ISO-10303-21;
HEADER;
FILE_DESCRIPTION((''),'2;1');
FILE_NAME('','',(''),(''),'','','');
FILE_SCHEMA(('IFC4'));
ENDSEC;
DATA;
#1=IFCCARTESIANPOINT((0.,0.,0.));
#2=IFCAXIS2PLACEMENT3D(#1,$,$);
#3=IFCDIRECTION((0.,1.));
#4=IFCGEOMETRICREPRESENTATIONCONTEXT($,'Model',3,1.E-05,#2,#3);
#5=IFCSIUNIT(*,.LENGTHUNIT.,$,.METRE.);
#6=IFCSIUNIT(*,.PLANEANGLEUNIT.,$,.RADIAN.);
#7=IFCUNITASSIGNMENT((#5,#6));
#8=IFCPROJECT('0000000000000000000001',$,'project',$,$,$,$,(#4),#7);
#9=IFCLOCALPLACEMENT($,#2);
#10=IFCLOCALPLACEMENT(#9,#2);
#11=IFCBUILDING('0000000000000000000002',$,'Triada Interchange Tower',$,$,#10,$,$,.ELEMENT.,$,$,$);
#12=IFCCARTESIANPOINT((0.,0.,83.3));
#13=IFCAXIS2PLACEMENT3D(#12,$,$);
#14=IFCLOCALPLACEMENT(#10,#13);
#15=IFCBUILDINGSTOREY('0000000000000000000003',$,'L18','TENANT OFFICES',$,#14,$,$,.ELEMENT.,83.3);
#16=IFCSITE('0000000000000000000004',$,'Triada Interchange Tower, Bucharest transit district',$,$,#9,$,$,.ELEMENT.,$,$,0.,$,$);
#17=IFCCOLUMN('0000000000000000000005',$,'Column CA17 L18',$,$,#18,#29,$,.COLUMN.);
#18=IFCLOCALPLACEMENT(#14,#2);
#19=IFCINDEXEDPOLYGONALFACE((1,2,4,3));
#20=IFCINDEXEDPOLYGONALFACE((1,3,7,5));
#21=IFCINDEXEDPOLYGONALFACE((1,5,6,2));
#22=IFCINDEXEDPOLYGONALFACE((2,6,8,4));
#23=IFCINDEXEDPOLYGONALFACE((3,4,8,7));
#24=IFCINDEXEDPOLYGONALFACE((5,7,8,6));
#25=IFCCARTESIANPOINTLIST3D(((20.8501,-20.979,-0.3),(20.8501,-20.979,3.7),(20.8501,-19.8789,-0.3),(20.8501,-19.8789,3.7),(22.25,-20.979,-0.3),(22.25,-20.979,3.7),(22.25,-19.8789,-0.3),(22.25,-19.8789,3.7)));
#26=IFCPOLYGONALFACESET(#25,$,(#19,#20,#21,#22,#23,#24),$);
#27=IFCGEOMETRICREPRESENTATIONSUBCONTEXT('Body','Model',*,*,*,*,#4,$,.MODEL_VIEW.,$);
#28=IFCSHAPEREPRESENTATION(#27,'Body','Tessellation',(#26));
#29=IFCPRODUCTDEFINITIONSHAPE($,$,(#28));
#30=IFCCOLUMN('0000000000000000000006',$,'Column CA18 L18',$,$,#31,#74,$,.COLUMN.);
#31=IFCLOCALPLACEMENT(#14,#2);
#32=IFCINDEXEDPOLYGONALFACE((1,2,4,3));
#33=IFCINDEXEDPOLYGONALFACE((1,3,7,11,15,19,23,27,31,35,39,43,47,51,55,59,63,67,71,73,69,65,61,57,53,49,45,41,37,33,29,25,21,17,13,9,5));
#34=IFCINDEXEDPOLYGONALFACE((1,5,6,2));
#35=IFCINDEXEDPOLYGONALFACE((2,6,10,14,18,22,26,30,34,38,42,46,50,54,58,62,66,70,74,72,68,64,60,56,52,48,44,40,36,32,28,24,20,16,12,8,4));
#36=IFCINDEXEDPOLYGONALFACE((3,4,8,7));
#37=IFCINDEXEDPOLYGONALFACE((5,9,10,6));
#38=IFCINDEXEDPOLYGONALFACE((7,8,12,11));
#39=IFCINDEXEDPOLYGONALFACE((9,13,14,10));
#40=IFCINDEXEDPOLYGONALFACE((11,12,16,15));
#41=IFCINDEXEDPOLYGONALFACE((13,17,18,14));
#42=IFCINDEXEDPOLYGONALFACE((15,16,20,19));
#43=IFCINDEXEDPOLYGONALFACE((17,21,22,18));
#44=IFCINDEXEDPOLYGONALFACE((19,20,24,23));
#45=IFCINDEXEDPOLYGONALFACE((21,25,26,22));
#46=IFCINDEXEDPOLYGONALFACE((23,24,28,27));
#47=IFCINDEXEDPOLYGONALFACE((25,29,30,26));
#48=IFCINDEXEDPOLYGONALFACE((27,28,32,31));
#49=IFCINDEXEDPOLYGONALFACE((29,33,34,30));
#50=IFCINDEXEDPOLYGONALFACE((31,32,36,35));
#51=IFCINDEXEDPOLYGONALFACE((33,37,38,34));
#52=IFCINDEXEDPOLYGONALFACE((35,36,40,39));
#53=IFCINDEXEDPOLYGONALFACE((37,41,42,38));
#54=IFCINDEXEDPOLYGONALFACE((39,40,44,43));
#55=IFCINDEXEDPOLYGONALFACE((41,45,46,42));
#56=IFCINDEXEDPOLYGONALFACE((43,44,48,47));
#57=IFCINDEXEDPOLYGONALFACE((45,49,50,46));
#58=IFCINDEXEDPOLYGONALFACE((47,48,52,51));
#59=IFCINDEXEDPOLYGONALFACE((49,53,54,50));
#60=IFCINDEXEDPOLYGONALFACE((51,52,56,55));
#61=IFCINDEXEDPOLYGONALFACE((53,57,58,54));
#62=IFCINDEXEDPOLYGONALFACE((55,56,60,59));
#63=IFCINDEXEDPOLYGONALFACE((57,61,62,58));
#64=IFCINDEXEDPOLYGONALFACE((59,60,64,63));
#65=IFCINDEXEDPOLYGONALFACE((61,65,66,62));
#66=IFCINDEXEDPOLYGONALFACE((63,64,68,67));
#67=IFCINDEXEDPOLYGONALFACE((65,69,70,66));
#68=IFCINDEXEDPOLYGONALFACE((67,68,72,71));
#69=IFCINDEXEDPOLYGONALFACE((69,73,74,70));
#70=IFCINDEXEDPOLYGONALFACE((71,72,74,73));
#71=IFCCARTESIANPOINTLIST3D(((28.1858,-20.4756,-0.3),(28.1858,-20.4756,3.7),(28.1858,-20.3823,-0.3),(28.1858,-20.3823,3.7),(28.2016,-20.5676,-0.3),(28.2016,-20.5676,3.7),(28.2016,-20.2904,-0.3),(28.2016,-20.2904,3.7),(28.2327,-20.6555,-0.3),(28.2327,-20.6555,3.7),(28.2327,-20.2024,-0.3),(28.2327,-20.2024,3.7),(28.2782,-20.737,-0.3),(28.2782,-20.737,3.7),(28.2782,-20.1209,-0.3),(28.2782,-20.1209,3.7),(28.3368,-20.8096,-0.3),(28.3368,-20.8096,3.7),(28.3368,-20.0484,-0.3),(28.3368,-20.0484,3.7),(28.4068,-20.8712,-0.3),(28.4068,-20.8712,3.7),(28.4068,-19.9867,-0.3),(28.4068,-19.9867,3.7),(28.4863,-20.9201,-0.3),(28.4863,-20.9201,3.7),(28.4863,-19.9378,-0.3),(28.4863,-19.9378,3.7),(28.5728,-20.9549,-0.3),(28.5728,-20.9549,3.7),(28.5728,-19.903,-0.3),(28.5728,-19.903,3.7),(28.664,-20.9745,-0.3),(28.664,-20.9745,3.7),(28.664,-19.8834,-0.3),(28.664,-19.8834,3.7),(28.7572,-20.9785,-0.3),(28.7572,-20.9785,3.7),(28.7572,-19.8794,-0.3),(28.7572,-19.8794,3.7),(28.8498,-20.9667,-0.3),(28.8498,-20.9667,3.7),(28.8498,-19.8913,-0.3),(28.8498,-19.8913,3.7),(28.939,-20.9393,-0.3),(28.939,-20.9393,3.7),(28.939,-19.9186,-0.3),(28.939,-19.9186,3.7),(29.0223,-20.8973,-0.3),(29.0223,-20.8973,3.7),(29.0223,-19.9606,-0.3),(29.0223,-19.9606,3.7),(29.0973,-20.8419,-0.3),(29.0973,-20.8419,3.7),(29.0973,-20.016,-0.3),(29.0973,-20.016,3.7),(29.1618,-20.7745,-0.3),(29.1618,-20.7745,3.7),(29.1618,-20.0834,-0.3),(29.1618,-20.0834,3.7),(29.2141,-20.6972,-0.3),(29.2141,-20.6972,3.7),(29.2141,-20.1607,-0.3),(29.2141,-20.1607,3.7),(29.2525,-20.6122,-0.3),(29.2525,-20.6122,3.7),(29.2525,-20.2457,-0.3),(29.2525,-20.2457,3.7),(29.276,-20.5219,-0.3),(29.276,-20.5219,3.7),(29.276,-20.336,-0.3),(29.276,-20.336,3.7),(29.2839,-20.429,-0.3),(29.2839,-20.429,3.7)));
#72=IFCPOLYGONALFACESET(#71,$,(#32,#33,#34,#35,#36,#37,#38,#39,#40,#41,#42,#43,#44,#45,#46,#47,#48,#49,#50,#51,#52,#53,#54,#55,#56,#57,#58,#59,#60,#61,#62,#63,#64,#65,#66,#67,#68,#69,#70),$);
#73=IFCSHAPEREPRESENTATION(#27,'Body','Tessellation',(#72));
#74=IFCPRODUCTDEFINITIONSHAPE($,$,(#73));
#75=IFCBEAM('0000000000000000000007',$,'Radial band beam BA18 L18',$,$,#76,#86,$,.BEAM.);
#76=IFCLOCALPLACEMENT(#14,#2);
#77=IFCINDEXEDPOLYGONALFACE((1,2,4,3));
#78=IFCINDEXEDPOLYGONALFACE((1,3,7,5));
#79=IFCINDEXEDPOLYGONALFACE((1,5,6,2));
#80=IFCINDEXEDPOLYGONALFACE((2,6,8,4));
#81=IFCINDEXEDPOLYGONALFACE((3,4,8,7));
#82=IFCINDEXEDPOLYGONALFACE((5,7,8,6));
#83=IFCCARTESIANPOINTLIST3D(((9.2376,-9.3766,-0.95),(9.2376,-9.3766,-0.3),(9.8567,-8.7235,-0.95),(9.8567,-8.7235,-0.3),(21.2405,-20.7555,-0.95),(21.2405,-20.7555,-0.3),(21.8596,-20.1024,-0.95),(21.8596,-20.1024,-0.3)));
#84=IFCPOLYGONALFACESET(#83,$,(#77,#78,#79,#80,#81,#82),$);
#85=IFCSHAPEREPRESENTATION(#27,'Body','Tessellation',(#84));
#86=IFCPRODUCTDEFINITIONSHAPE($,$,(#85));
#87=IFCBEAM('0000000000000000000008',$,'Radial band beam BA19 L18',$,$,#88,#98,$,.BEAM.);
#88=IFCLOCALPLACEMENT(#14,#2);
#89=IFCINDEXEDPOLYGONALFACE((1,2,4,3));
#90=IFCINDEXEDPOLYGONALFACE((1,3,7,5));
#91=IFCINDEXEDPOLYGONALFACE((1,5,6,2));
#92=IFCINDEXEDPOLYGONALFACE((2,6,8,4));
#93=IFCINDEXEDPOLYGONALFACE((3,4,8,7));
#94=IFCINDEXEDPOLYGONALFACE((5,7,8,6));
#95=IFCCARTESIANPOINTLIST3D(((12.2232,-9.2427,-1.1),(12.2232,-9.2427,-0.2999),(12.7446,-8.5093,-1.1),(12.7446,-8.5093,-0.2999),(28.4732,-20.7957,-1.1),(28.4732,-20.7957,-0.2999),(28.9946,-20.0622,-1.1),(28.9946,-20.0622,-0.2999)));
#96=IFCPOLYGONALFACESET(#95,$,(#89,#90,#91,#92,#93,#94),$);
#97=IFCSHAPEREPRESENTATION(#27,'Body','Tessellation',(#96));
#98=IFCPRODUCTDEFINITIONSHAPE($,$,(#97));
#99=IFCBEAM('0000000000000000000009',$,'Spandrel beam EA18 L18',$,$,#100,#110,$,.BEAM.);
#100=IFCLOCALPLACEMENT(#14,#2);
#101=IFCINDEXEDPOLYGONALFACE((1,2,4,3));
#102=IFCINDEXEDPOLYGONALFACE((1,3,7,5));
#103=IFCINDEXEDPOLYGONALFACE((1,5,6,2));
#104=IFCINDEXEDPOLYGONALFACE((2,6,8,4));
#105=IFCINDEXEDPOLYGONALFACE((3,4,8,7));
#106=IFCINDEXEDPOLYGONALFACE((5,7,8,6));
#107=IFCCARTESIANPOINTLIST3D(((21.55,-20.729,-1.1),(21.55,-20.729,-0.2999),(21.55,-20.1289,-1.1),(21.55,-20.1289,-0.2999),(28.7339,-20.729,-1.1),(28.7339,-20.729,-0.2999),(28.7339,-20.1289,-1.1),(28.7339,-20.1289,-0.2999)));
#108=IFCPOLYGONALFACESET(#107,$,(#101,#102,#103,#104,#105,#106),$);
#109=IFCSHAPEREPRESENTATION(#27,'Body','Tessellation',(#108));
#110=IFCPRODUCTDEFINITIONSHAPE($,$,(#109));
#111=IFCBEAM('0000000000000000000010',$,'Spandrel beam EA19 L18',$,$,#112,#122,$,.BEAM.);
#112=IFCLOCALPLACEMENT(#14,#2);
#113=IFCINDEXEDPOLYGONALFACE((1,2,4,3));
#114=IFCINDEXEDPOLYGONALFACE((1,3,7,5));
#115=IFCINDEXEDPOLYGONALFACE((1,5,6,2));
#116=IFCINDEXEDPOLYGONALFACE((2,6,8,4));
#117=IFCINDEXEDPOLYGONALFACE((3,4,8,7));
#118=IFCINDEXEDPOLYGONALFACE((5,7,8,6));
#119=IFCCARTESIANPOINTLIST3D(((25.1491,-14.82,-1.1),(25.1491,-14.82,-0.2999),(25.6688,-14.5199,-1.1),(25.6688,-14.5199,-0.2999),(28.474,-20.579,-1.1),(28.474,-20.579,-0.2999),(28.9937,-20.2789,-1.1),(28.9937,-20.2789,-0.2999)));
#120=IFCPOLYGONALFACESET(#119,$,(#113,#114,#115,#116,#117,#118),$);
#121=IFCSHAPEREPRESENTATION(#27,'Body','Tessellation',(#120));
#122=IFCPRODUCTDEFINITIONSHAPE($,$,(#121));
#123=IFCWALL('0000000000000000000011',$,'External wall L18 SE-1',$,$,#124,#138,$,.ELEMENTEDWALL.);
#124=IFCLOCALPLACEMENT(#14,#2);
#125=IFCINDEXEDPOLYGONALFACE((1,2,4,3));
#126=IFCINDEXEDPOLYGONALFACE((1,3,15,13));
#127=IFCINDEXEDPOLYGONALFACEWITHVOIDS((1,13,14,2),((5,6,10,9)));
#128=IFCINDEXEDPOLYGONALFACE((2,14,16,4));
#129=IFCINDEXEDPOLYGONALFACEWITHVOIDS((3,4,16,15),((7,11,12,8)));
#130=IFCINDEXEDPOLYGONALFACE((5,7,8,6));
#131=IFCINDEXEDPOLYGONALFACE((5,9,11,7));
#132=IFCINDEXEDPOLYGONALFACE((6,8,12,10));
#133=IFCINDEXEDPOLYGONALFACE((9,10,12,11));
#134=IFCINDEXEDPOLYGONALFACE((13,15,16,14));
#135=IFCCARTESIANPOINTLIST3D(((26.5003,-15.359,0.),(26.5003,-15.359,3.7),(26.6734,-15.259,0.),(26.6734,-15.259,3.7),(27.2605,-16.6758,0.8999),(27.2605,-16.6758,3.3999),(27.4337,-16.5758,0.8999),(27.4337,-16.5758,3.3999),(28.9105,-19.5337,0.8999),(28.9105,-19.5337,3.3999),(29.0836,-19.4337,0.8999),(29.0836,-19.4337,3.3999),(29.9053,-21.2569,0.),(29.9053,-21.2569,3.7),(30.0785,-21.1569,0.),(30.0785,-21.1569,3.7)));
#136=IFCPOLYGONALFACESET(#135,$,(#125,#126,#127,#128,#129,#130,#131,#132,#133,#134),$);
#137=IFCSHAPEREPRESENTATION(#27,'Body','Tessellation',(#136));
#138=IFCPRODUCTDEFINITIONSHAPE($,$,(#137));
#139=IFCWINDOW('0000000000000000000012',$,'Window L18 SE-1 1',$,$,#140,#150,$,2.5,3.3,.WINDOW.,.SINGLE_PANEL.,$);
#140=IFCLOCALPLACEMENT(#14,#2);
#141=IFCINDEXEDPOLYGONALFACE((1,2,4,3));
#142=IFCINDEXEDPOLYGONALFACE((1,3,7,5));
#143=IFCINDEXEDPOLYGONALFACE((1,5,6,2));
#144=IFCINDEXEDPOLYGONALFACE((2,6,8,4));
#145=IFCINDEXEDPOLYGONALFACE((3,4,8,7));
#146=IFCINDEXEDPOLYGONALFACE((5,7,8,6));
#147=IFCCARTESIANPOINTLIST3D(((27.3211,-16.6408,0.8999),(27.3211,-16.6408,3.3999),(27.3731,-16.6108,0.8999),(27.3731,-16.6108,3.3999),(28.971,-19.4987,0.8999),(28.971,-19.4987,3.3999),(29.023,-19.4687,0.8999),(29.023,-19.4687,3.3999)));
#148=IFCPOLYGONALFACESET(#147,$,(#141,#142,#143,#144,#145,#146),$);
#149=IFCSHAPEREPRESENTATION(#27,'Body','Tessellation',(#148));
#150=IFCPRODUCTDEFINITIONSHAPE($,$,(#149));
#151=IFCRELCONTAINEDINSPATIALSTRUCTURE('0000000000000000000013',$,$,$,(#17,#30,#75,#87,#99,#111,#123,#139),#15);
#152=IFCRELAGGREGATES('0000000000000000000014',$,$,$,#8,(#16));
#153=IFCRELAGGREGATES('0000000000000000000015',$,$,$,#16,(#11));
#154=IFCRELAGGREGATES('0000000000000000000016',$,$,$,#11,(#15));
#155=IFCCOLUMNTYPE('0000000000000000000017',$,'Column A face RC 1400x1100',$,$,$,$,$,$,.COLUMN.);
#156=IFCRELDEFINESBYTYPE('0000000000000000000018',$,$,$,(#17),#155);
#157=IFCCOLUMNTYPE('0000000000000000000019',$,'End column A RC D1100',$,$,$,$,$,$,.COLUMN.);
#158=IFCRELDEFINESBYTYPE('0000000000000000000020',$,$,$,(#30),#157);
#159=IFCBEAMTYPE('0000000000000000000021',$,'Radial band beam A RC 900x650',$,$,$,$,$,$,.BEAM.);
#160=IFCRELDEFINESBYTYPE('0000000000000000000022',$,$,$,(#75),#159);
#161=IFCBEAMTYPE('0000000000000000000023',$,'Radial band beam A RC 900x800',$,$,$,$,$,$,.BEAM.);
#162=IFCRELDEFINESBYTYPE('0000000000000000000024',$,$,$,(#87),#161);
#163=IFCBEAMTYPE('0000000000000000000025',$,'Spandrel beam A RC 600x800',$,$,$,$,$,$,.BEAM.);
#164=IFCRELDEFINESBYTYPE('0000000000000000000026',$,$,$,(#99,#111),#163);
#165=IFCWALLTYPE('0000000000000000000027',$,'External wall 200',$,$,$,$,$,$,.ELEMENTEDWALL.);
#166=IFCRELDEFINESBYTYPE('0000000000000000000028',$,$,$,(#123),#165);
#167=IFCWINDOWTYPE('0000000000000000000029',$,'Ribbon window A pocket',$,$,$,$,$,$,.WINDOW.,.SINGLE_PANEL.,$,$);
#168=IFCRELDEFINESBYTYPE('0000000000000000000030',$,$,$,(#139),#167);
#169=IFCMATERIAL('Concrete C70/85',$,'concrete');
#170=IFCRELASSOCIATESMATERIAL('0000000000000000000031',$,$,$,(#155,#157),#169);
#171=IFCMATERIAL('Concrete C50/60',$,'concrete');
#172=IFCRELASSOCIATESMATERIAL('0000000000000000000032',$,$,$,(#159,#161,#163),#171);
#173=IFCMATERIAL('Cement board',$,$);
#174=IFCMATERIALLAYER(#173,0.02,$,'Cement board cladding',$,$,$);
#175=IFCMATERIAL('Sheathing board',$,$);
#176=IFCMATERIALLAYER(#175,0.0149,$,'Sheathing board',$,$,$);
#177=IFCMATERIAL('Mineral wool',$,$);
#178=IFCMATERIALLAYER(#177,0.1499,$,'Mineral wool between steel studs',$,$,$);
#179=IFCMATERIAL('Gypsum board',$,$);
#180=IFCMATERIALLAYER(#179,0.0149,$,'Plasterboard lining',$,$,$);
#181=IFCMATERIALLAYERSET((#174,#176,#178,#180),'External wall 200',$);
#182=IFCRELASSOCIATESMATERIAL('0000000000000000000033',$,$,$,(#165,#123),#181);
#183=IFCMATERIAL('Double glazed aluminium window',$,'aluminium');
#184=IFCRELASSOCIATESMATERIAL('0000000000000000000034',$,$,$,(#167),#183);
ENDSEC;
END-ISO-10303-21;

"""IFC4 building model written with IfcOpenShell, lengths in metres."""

from ifc_helpers import new_model, si_unit, direction, frame, frame_2d, origin, origin_2d, place, context, subcontext, project, spatial, rectangle, circle, extrude, material, layer, layer_set, layer_usage, material_profile, profile_set, type_object, element, fill, save


model = new_model("IFC4")

# Units and contexts
model_context = context("Model", 3, precision=1e-05, world=origin(), true_north=direction((0.0, 1.0)))
body_context = subcontext(model_context, "Body", "Model", "MODEL_VIEW")
ifc_project = project(units=[si_unit("LENGTHUNIT", "METRE"), si_unit("PLANEANGLEUNIT", "RADIAN")], contexts=[model_context])

# Site, building, storey
site_placement = place(None, origin())
site = spatial("IfcSite", under=ifc_project, at=site_placement, Name="Triada Interchange Tower, Bucharest transit district", CompositionType="ELEMENT", RefElevation=0.0)
building_placement = place(site_placement, origin())
building = spatial("IfcBuilding", under=site, at=building_placement, Name="Triada Interchange Tower", CompositionType="ELEMENT")
storey_placement = place(building_placement, frame((0.0, 0.0, 83.3)))
storey = spatial("IfcBuildingStorey", under=building, at=storey_placement, Name="L18", Description="TENANT OFFICES", CompositionType="ELEMENT", Elevation=83.3)

# Columns
ifc_material_1 = material(Name="Concrete C70/85", Category="concrete")
ifc_material_profile_1 = material_profile(ifc_material_1, rectangle(XDim=1.3999, YDim=1.1001, at=origin_2d()), Name="RC 1400x1100")
ifc_profile_set_1 = profile_set([ifc_material_profile_1], Name="Concrete C70/85")
column_type_1 = type_object("IfcColumnType", Name="Column A face RC 1400x1100", PredefinedType="COLUMN", material=ifc_profile_set_1)
column_1_placement = place(storey_placement, frame((21.55, -20.429, -0.3), z_axis=(0.0, 0.0, 1.0), x_axis=(1.0, 0.0, 0.0)))
element("IfcColumn", 1, at=column_1_placement, inside=storey, type_object=column_type_1, Name="Column CA17 L18", PredefinedType="COLUMN", context=body_context, shape_type="SweptSolid", body=[
    extrude(rectangle(XDim=1.3999, YDim=1.1001, at=origin_2d()), origin(), (0.0, 0.0, 1.0), 4.0),
])
ifc_material_profile_2 = material_profile(ifc_material_1, circle(Radius=0.55, at=origin_2d()), Name="RC D1100")
ifc_profile_set_2 = profile_set([ifc_material_profile_2], Name="Concrete C70/85")
column_type_2 = type_object("IfcColumnType", Name="End column A RC D1100", PredefinedType="COLUMN", material=ifc_profile_set_2)
column_2_placement = place(storey_placement, frame((28.7339, -20.429, -0.3), z_axis=(0.0, 0.0, 1.0), x_axis=(1.0, 0.0, 0.0)))
element("IfcColumn", 2, at=column_2_placement, inside=storey, type_object=column_type_2, Name="Column CA18 L18", PredefinedType="COLUMN", context=body_context, shape_type="SweptSolid", body=[
    extrude(circle(Radius=0.55, at=origin_2d()), origin(), (0.0, 0.0, 1.0), 4.0),
])

# Beams
ifc_material_2 = material(Name="Concrete C50/60", Category="concrete")
ifc_material_profile_3 = material_profile(ifc_material_2, rectangle(XDim=0.8999, YDim=0.6499, at=origin_2d()), Name="RC 900x650")
ifc_profile_set_3 = profile_set([ifc_material_profile_3], Name="Concrete C50/60")
beam_type_1 = type_object("IfcBeamType", Name="Radial band beam A RC 900x650", PredefinedType="BEAM", material=ifc_profile_set_3)
beam_1_placement = place(storey_placement, frame((21.55, -20.429, -0.625), z_axis=(-0.72572, 0.68799, 0.0), x_axis=(-0.68799, -0.72572, 0.0)))
element("IfcBeam", 3, at=beam_1_placement, inside=storey, type_object=beam_type_1, Name="Radial band beam BA18 L18", PredefinedType="BEAM", context=body_context, shape_type="SweptSolid", body=[
    extrude(rectangle(XDim=0.8999, YDim=0.6499, at=origin_2d()), origin(), (0.0, 0.0, 1.0), 16.5393),
])
ifc_material_profile_4 = material_profile(ifc_material_2, rectangle(XDim=0.8999, YDim=0.8, at=origin_2d()), Name="RC 900x800")
ifc_profile_set_4 = profile_set([ifc_material_profile_4], Name="Concrete C50/60")
beam_type_2 = type_object("IfcBeamType", Name="Radial band beam A RC 900x800", PredefinedType="BEAM", material=ifc_profile_set_4)
beam_2_placement = place(storey_placement, frame((28.7339, -20.429, -0.7), z_axis=(-0.815016, 0.579438, 0.0), x_axis=(-0.579438, -0.815016, 0.0)))
element("IfcBeam", 4, at=beam_2_placement, inside=storey, type_object=beam_type_2, Name="Radial band beam BA19 L18", PredefinedType="BEAM", context=body_context, shape_type="SweptSolid", body=[
    extrude(rectangle(XDim=0.8999, YDim=0.8, at=origin_2d()), origin(), (0.0, 0.0, 1.0), 19.9382),
])
ifc_material_profile_5 = material_profile(ifc_material_2, rectangle(XDim=0.6001, YDim=0.8, at=origin_2d()), Name="RC 600x800")
ifc_profile_set_5 = profile_set([ifc_material_profile_5], Name="Concrete C50/60")
beam_type_3 = type_object("IfcBeamType", Name="Spandrel beam A RC 600x800", PredefinedType="BEAM", material=ifc_profile_set_5)
beam_3_placement = place(storey_placement, frame((21.55, -20.429, -0.7), z_axis=(1.0, 0.0, 0.0), x_axis=(0.0, 1.0, 0.0)))
element("IfcBeam", 5, at=beam_3_placement, inside=storey, type_object=beam_type_3, Name="Spandrel beam EA18 L18", PredefinedType="BEAM", context=body_context, shape_type="SweptSolid", body=[
    extrude(rectangle(XDim=0.6001, YDim=0.8, at=origin_2d()), origin(), (0.0, 0.0, 1.0), 7.1838),
])
beam_4_placement = place(storey_placement, frame((28.7339, -20.429, -0.7), z_axis=(-0.499997, 0.866027, 0.0), x_axis=(-0.866027, -0.499997, 0.0)))
element("IfcBeam", 6, at=beam_4_placement, inside=storey, type_object=beam_type_3, Name="Spandrel beam EA19 L18", PredefinedType="BEAM", context=body_context, shape_type="SweptSolid", body=[
    extrude(rectangle(XDim=0.6001, YDim=0.8, at=origin_2d()), origin(), (0.0, 0.0, 1.0), 6.6499),
])

# Wall, opening, window
ifc_material_3 = material(Name="Cement board")
ifc_layer_1 = layer(ifc_material_3, 0.02, Name="Cement board cladding")
ifc_material_4 = material(Name="Sheathing board")
ifc_layer_2 = layer(ifc_material_4, 0.0149, Name="Sheathing board")
ifc_material_5 = material(Name="Mineral wool")
ifc_layer_3 = layer(ifc_material_5, 0.1499, Name="Mineral wool between steel studs")
ifc_material_6 = material(Name="Gypsum board")
ifc_layer_4 = layer(ifc_material_6, 0.0149, Name="Plasterboard lining")
ifc_layer_set_1 = layer_set([ifc_layer_1, ifc_layer_2, ifc_layer_3, ifc_layer_4], Name="External wall 200")
ifc_layer_usage = layer_usage(ifc_layer_set_1, "AXIS2", "POSITIVE", -0.1001)
wall_type = type_object("IfcWallType", Name="External wall 200", PredefinedType="ELEMENTEDWALL", material=ifc_layer_set_1)
wall_1_placement = place(storey_placement, frame((29.9919, -21.207, 0.0), z_axis=(0.0, 0.0, 1.0), x_axis=(-0.499983, 0.866035, 0.0)))
wall_1 = element("IfcWall", 7, at=wall_1_placement, inside=storey, type_object=wall_type, material=ifc_layer_usage, Name="External wall L18 SE-1", PredefinedType="ELEMENTEDWALL", context=body_context, shape_type="SweptSolid", body=[
    extrude(rectangle(XDim=6.8103, YDim=0.2, at=frame_2d((3.4053, 0.0))), origin(), (0.0, 0.0, 1.0), 3.7),
])
opening_1_placement = place(wall_1_placement, frame((1.99, 0.0, 0.8999)))
opening_1 = element("IfcOpeningElement", 8, at=opening_1_placement, cuts=wall_1, PredefinedType="OPENING", context=body_context, shape_type="SweptSolid", body=[
    extrude(rectangle(XDim=3.3, YDim=2.5, at=frame_2d((1.6499, 1.25))), frame((0.0, 0.1099, 0.0), z_axis=(0.0, -1.0, 0.0), x_axis=(1.0, 0.0, 0.0)), (0.0, 0.0, 1.0), 0.22),
])
ifc_material_7 = material(Name="Double glazed aluminium window", Category="aluminium")
window_type_1 = type_object("IfcWindowType", Name="Ribbon window A pocket", PartitioningType="SINGLE_PANEL", PredefinedType="WINDOW", material=ifc_material_7)
window_1_placement = place(opening_1_placement, origin())
window_1 = element("IfcWindow", 9, at=window_1_placement, inside=storey, type_object=window_type_1, Name="Window L18 SE-1 1", OverallHeight=2.5, OverallWidth=3.3, PartitioningType="SINGLE_PANEL", PredefinedType="WINDOW", context=body_context, shape_type="SweptSolid", body=[
    extrude(rectangle(XDim=3.3, YDim=2.5, at=frame_2d((1.6499, 1.25))), frame((0.0, 0.03, 0.0), z_axis=(0.0, -1.0, 0.0), x_axis=(1.0, 0.0, 0.0)), (0.0, 0.0, 1.0), 0.0601),
])
fill(opening_1, window_1)

save(model, "model.ifc")
